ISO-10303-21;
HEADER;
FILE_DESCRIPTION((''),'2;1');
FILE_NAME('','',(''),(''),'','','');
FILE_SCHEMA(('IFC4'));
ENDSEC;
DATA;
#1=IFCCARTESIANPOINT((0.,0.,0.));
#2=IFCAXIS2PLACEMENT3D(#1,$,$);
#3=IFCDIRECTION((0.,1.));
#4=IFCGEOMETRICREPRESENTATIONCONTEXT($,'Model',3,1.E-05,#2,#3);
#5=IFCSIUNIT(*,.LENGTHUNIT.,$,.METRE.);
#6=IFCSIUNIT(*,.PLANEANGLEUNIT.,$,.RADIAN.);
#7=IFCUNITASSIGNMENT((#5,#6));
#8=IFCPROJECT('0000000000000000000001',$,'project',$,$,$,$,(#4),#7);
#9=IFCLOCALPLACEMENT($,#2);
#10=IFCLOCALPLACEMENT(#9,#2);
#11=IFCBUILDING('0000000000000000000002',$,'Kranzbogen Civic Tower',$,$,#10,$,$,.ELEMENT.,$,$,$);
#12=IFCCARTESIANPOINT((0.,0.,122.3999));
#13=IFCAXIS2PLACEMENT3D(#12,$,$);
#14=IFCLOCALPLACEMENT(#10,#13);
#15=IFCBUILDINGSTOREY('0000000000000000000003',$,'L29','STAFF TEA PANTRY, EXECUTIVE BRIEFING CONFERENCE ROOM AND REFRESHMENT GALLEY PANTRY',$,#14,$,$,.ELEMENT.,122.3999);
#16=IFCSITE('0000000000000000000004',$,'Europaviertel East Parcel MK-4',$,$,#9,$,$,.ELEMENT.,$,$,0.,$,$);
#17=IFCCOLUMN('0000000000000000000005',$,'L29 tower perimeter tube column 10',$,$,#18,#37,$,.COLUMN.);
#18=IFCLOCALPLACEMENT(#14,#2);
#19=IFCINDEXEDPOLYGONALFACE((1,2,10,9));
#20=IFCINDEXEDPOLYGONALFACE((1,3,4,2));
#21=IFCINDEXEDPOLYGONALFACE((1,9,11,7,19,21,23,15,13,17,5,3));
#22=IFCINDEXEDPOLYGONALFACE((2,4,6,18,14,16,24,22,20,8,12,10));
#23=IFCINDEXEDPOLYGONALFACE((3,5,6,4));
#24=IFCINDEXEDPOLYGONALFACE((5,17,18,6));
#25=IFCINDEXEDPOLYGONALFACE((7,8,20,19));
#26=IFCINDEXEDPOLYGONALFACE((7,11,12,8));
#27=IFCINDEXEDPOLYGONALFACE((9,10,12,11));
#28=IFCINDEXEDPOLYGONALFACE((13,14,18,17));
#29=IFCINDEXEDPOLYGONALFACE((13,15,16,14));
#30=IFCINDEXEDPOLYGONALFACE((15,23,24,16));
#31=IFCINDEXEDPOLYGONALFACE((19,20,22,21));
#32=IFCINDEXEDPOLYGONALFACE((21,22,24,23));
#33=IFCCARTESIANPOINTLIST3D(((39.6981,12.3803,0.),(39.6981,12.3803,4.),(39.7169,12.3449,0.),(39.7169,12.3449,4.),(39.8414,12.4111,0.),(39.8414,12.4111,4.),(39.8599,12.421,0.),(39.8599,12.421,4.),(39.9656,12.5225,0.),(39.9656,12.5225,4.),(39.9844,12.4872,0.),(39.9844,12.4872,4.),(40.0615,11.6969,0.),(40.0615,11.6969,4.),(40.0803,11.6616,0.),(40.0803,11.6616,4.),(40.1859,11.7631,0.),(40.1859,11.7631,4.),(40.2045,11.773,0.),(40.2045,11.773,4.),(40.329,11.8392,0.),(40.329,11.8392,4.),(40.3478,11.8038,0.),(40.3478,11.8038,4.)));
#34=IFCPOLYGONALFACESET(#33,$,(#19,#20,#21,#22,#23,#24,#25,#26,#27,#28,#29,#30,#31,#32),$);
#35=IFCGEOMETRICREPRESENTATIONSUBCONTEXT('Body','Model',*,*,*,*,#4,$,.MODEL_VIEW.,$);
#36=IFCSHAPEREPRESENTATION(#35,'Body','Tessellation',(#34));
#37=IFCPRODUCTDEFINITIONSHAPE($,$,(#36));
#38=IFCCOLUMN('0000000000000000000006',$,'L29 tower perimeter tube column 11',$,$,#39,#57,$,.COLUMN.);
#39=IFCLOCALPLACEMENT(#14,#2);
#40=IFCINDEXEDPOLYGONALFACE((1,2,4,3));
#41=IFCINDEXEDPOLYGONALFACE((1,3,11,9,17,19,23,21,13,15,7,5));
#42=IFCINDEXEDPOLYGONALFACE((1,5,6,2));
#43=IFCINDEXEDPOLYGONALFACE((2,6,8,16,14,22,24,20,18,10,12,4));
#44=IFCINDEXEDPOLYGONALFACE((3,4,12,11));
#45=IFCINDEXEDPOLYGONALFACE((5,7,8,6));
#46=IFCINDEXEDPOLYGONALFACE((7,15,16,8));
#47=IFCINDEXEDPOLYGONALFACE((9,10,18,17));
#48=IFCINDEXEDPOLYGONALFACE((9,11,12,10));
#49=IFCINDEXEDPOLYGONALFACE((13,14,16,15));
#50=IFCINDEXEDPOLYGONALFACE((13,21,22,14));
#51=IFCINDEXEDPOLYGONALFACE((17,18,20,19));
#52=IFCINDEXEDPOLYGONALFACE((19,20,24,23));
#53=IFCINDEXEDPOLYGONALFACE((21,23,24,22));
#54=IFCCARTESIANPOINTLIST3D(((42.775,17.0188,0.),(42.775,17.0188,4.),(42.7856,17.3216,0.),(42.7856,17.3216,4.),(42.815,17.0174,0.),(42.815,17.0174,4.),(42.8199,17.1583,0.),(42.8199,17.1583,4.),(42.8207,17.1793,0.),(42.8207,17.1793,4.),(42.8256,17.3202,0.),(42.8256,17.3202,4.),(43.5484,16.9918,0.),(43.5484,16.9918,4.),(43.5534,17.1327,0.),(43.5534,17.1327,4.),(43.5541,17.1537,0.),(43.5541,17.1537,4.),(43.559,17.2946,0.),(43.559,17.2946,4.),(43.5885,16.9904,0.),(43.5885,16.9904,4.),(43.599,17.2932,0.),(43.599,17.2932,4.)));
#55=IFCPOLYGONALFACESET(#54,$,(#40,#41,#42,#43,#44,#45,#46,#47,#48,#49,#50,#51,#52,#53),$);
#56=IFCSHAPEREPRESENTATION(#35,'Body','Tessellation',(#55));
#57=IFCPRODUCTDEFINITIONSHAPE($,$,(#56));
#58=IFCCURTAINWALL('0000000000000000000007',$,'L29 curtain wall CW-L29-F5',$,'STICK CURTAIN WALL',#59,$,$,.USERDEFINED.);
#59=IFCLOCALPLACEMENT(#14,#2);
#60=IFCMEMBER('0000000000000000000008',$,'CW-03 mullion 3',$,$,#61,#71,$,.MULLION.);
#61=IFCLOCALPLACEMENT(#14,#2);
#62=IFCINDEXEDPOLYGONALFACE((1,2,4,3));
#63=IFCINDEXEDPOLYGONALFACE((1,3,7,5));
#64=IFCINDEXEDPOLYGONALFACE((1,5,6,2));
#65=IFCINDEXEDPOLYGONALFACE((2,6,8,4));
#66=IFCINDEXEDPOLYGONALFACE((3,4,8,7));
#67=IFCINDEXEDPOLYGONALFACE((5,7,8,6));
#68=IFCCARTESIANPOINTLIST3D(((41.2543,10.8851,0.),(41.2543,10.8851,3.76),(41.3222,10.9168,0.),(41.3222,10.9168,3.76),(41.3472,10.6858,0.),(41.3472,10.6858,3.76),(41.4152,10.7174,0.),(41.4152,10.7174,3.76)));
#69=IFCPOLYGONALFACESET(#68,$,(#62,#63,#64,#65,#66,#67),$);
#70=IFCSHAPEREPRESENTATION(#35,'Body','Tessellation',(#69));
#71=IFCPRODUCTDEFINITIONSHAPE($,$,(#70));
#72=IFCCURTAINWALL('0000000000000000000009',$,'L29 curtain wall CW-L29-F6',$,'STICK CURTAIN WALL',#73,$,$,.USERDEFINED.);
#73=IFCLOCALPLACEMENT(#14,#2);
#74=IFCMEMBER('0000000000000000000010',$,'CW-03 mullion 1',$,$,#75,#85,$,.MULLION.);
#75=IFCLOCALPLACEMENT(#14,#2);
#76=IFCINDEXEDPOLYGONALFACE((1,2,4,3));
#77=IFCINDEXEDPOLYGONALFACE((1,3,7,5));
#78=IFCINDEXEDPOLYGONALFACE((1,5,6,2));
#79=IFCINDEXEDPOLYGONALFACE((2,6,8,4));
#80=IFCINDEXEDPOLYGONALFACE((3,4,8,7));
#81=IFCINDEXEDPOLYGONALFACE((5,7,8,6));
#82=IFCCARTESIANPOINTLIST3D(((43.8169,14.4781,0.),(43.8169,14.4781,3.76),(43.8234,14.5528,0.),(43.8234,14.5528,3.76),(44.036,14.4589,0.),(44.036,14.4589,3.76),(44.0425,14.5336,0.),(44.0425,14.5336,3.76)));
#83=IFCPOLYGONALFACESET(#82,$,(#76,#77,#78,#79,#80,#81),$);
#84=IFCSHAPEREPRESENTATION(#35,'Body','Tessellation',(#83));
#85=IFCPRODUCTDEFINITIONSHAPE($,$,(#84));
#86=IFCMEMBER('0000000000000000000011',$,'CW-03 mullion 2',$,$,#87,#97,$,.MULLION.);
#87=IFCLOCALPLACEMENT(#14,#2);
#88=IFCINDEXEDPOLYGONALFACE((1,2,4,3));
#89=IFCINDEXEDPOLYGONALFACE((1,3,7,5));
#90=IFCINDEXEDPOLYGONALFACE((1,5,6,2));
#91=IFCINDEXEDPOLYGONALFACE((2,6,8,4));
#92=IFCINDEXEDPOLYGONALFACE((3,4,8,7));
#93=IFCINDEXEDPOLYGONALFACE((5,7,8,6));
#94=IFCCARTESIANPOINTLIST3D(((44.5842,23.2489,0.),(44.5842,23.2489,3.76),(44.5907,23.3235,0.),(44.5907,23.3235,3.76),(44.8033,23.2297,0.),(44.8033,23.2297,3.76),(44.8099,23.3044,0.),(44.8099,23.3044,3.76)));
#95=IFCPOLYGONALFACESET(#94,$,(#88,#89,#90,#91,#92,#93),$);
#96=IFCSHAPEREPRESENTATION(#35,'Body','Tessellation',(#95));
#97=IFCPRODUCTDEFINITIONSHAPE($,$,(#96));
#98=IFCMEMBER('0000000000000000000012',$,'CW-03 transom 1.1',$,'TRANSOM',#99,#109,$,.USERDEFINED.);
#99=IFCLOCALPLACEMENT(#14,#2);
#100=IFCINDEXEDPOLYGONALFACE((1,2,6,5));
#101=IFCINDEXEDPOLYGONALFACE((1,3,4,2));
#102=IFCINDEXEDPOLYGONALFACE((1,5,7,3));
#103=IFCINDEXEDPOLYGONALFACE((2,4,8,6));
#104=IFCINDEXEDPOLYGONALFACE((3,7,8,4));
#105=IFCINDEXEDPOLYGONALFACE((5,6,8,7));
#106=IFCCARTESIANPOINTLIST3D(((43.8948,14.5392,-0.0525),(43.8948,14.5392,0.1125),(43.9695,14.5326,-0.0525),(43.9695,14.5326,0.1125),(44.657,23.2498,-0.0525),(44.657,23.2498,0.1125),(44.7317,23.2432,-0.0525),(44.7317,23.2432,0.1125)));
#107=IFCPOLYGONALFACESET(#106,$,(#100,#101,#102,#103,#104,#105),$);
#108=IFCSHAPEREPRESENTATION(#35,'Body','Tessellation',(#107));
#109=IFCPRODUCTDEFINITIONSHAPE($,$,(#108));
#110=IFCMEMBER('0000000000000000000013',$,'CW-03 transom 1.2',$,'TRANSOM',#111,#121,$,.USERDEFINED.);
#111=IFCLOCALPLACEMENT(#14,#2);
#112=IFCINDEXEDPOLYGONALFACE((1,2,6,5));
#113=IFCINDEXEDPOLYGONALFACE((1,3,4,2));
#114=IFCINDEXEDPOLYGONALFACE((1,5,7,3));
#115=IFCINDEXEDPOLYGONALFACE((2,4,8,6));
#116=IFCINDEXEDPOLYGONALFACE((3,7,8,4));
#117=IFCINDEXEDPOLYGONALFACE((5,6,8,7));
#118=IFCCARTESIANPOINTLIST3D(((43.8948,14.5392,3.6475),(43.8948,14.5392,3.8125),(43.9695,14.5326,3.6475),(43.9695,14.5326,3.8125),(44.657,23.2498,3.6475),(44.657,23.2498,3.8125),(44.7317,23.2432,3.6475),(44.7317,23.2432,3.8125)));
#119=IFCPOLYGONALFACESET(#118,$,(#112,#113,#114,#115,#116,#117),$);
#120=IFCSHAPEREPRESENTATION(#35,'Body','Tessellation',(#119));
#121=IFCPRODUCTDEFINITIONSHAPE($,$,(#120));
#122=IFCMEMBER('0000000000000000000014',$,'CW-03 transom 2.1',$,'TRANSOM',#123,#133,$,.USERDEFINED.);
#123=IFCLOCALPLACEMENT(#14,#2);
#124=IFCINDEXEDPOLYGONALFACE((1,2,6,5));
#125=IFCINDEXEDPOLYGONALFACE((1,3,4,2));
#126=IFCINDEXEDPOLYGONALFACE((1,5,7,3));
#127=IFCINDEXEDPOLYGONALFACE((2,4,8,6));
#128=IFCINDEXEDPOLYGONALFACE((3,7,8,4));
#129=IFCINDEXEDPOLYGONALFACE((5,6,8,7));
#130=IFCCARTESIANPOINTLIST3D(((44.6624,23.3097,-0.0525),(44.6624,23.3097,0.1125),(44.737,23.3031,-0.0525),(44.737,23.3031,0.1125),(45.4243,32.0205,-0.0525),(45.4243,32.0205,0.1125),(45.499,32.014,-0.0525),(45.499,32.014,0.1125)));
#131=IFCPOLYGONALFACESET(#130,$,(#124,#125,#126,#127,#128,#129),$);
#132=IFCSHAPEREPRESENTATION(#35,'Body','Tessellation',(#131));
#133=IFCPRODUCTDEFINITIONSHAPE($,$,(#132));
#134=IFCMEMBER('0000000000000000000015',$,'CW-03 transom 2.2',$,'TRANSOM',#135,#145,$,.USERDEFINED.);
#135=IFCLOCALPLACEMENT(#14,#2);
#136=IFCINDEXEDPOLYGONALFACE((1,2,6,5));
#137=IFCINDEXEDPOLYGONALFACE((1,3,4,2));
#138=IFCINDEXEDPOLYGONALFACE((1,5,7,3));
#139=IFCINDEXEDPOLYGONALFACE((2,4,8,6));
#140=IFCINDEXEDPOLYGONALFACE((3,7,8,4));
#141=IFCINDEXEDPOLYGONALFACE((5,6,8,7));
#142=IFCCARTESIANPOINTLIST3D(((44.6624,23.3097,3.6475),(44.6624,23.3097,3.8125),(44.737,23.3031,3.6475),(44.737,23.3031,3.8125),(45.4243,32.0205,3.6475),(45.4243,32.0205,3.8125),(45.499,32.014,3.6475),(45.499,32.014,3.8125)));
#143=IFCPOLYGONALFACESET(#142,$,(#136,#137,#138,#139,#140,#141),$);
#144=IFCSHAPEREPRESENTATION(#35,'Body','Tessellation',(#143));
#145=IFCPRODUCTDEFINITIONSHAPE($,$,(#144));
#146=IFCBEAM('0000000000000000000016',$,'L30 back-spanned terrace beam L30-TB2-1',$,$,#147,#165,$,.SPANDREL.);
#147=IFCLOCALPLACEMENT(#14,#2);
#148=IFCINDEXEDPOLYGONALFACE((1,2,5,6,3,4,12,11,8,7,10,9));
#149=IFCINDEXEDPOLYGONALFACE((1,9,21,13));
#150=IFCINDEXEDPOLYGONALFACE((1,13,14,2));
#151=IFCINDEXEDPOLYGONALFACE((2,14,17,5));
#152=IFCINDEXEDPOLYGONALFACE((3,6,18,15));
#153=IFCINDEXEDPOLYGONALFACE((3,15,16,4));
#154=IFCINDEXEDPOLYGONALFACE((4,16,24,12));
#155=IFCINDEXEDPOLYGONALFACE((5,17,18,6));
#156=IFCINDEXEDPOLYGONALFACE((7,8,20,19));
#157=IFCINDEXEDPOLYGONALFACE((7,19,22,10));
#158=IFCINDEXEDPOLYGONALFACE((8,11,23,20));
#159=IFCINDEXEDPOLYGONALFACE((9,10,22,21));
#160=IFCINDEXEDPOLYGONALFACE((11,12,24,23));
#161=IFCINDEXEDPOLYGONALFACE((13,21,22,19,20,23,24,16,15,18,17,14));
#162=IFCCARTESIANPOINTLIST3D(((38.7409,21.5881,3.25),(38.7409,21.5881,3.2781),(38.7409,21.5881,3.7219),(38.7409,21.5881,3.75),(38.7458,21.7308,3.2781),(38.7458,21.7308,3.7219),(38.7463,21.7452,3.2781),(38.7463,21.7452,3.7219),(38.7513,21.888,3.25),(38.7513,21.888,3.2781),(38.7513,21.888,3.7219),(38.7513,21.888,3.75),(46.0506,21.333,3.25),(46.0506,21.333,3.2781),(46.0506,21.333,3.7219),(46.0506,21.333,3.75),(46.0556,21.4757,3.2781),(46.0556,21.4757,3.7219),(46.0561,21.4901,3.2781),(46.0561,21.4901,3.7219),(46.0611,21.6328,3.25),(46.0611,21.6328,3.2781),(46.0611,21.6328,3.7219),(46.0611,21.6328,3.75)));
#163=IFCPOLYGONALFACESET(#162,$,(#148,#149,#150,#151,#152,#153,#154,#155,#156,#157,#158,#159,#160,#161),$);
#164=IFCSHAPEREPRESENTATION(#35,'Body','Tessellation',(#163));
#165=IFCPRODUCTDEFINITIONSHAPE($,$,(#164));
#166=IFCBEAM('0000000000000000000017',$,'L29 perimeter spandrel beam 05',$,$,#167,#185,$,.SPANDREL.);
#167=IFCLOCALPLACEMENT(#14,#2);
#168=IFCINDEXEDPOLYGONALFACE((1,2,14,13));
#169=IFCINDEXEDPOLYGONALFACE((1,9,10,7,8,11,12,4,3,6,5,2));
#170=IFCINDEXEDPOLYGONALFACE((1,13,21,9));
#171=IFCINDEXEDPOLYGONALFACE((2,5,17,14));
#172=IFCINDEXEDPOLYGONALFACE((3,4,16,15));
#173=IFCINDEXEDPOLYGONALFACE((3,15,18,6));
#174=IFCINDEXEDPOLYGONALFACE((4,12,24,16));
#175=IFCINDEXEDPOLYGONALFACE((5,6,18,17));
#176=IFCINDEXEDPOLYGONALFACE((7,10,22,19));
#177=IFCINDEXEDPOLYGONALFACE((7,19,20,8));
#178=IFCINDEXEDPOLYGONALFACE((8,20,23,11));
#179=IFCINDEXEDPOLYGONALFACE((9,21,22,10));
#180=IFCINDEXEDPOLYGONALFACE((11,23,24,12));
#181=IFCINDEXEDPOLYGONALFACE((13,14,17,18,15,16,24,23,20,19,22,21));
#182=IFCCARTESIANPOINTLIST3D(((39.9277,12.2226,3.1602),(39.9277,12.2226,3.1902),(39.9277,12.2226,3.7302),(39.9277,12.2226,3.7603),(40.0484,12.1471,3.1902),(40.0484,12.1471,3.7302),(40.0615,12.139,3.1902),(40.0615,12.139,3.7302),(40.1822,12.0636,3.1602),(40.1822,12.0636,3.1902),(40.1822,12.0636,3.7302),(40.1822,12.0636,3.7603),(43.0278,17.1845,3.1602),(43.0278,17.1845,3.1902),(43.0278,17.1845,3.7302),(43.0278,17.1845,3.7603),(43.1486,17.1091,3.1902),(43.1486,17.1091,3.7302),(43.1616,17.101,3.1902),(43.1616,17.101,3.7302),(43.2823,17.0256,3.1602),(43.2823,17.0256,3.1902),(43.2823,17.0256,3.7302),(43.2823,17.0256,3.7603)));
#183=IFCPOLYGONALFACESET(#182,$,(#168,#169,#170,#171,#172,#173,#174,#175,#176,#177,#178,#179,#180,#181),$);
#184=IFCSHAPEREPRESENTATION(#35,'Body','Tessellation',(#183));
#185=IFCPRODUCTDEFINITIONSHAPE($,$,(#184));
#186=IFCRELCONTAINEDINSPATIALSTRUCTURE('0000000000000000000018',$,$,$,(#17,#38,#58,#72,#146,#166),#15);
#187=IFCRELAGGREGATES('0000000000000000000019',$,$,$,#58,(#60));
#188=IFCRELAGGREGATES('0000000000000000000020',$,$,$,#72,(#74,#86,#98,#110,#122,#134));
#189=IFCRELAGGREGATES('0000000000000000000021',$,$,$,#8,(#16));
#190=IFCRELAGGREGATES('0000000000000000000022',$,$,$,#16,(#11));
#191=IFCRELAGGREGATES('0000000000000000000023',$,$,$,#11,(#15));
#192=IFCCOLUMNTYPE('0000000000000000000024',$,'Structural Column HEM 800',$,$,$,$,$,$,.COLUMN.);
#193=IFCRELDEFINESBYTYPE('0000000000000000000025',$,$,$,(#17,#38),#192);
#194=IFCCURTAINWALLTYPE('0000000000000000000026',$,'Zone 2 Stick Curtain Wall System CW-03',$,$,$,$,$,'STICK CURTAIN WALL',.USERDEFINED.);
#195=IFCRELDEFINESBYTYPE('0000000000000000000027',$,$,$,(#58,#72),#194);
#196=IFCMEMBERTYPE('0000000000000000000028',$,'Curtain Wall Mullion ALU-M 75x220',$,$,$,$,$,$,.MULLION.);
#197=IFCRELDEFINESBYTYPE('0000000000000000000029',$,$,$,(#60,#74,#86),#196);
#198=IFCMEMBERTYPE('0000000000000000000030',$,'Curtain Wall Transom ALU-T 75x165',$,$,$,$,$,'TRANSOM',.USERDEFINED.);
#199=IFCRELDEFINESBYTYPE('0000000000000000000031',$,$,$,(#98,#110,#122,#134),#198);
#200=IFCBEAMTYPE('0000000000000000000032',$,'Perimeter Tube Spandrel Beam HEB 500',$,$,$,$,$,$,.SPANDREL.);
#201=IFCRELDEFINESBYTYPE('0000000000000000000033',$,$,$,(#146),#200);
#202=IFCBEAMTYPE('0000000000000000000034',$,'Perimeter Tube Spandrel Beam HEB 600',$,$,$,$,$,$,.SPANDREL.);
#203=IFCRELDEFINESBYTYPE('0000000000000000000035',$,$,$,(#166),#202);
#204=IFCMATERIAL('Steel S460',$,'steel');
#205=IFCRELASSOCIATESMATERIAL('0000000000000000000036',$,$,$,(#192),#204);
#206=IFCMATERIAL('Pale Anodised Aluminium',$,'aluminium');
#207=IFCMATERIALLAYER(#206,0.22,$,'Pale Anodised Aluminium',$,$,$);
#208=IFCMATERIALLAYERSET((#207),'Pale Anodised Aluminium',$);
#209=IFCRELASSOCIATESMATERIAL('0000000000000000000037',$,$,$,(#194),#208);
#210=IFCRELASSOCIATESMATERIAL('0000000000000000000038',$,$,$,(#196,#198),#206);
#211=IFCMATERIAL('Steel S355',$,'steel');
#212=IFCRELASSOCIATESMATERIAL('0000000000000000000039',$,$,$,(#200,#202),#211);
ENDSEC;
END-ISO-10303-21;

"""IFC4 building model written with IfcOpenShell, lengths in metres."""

from ifc_helpers import new_model, si_unit, direction, frame, origin, origin_2d, place, context, subcontext, project, spatial, rectangle, i_section, extrude, material, layer, layer_set, material_profile, profile_set, type_object, element, aggregate, save


model = new_model("IFC4")

# Units and contexts
model_context = context("Model", 3, precision=1e-05, world=origin(), true_north=direction((0.0, 1.0)))
body_context = subcontext(model_context, "Body", "Model", "MODEL_VIEW")
ifc_project = project(units=[si_unit("LENGTHUNIT", "METRE"), si_unit("PLANEANGLEUNIT", "RADIAN")], contexts=[model_context])

# Site, building, storey
site_placement = place(None, origin())
site = spatial("IfcSite", under=ifc_project, at=site_placement, Name="Europaviertel East Parcel MK-4", CompositionType="ELEMENT", RefElevation=0.0)
building_placement = place(site_placement, origin())
building = spatial("IfcBuilding", under=site, at=building_placement, Name="Kranzbogen Civic Tower", CompositionType="ELEMENT")
storey_placement = place(building_placement, frame((0.0, 0.0, 122.3999)))
storey = spatial("IfcBuildingStorey", under=building, at=storey_placement, Name="L29", Description="STAFF TEA PANTRY, EXECUTIVE BRIEFING CONFERENCE ROOM AND REFRESHMENT GALLEY PANTRY", CompositionType="ELEMENT", Elevation=122.3999)

# Columns
ifc_material_1 = material(Name="Steel S460", Category="steel")
ifc_material_profile_1 = material_profile(ifc_material_1, i_section(OverallWidth=0.303, OverallDepth=0.814, WebThickness=0.021, FlangeThickness=0.04, at=origin_2d()), Name="HEM 800")
ifc_profile_set_1 = profile_set([ifc_material_profile_1], Name="Steel S460")
column_type = type_object("IfcColumnType", Name="Structural Column HEM 800", PredefinedType="COLUMN", material=ifc_profile_set_1)
for number, where, z_axis, x_axis, name in (
    (1, (40.0229, 12.092, 0.0), (0.0, 0.0, 1.0), (0.882948, 0.469472, 0.0), "L29 tower perimeter tube column 10"),
    (2, (43.187, 17.156, 0.0), (0.0, 0.0, 1.0), (0.034899, 0.999391, 0.0), "L29 tower perimeter tube column 11"),
):
    element("IfcColumn", number, at=place(storey_placement, frame(where, z_axis=z_axis, x_axis=x_axis)), inside=storey, type_object=column_type, Name=name, PredefinedType="COLUMN", context=body_context, shape_type="SweptSolid", body=[
        extrude(i_section(OverallWidth=0.303, OverallDepth=0.814, WebThickness=0.021, FlangeThickness=0.04, at=origin_2d()), origin(), (0.0, 0.0, 1.0), 4.0),
    ])

# Curtain wall, member
ifc_material_2 = material(Name="Pale Anodised Aluminium", Category="aluminium")
ifc_layer_1 = layer(ifc_material_2, 0.22, Name="Pale Anodised Aluminium")
ifc_layer_set_1 = layer_set([ifc_layer_1], Name="Pale Anodised Aluminium")
curtain_wall_type = type_object("IfcCurtainWallType", Name="Zone 2 Stick Curtain Wall System CW-03", ElementType="STICK CURTAIN WALL", PredefinedType="USERDEFINED", material=ifc_layer_set_1)
curtain_wall_1_placement = place(storey_placement, origin())
curtain_wall_1 = element("IfcCurtainWall", 3, at=curtain_wall_1_placement, inside=storey, type_object=curtain_wall_type, Name="L29 curtain wall CW-L29-F5", ObjectType="STICK CURTAIN WALL", PredefinedType="USERDEFINED")
ifc_material_profile_2 = material_profile(ifc_material_2, rectangle(XDim=0.075, YDim=0.22, at=origin_2d()), Name="ALU-M 75x220")
ifc_profile_set_2 = profile_set([ifc_material_profile_2], Name="Pale Anodised Aluminium")
member_type_1 = type_object("IfcMemberType", Name="Curtain Wall Mullion ALU-M 75x220", PredefinedType="MULLION", material=ifc_profile_set_2)
member_1_placement = place(storey_placement, frame((41.3347, 10.8013, 0.0), z_axis=(0.0, 0.0, 1.0), x_axis=(0.906297, 0.422641, 0.0)))
member_1 = element("IfcMember", 4, at=member_1_placement, type_object=member_type_1, Name="CW-03 mullion 3", PredefinedType="MULLION", context=body_context, shape_type="SweptSolid", body=[
    extrude(rectangle(XDim=0.075, YDim=0.22, at=origin_2d()), origin(), (0.0, 0.0, 1.0), 3.76),
])

# Curtain wall, members
curtain_wall_2_placement = place(storey_placement, origin())
curtain_wall_2 = element("IfcCurtainWall", 5, at=curtain_wall_2_placement, inside=storey, type_object=curtain_wall_type, Name="L29 curtain wall CW-L29-F6", ObjectType="STICK CURTAIN WALL", PredefinedType="USERDEFINED")
member_2_placement = place(storey_placement, frame((43.9297, 14.5059, 0.0), z_axis=(0.0, 0.0, 1.0), x_axis=(0.087162, 0.996194, 0.0)))
member_2 = element("IfcMember", 6, at=member_2_placement, type_object=member_type_1, Name="CW-03 mullion 1", PredefinedType="MULLION", context=body_context, shape_type="SweptSolid", body=[
    extrude(rectangle(XDim=0.075, YDim=0.22, at=origin_2d()), origin(), (0.0, 0.0, 1.0), 3.76),
])
member_3_placement = place(storey_placement, frame((44.697, 23.2766, 0.0), z_axis=(0.0, 0.0, 1.0), x_axis=(0.087162, 0.996194, 0.0)))
member_3 = element("IfcMember", 7, at=member_3_placement, type_object=member_type_1, Name="CW-03 mullion 2", PredefinedType="MULLION", context=body_context, shape_type="SweptSolid", body=[
    extrude(rectangle(XDim=0.075, YDim=0.22, at=origin_2d()), origin(), (0.0, 0.0, 1.0), 3.76),
])
ifc_material_profile_3 = material_profile(ifc_material_2, rectangle(XDim=0.075, YDim=0.165, at=origin_2d()), Name="ALU-T 75x165")
ifc_profile_set_3 = profile_set([ifc_material_profile_3], Name="Pale Anodised Aluminium")
member_type_2 = type_object("IfcMemberType", Name="Curtain Wall Transom ALU-T 75x165", ElementType="TRANSOM", PredefinedType="USERDEFINED", material=ifc_profile_set_3)
member_4_placement = place(storey_placement, frame((43.9321, 14.5359, 0.03), z_axis=(0.087169, 0.996194, 0.0), x_axis=(-0.996194, 0.087169, 0.0)))
member_4 = element("IfcMember", 8, at=member_4_placement, type_object=member_type_2, Name="CW-03 transom 1.1", ObjectType="TRANSOM", PredefinedType="USERDEFINED", context=body_context, shape_type="SweptSolid", body=[
    extrude(rectangle(XDim=0.075, YDim=0.165, at=origin_2d()), origin(), (0.0, 0.0, 1.0), 8.7439),
])
member_5_placement = place(storey_placement, frame((43.9321, 14.5359, 3.73), z_axis=(0.087169, 0.996194, 0.0), x_axis=(-0.996194, 0.087169, 0.0)))
member_5 = element("IfcMember", 9, at=member_5_placement, type_object=member_type_2, Name="CW-03 transom 1.2", ObjectType="TRANSOM", PredefinedType="USERDEFINED", context=body_context, shape_type="SweptSolid", body=[
    extrude(rectangle(XDim=0.075, YDim=0.165, at=origin_2d()), origin(), (0.0, 0.0, 1.0), 8.7439),
])
member_6_placement = place(storey_placement, frame((44.6997, 23.3064, 0.03), z_axis=(0.087139, 0.996196, 0.0), x_axis=(-0.996196, 0.087139, 0.0)))
member_6 = element("IfcMember", 10, at=member_6_placement, type_object=member_type_2, Name="CW-03 transom 2.1", ObjectType="TRANSOM", PredefinedType="USERDEFINED", context=body_context, shape_type="SweptSolid", body=[
    extrude(rectangle(XDim=0.075, YDim=0.165, at=origin_2d()), origin(), (0.0, 0.0, 1.0), 8.7441),
])
member_7_placement = place(storey_placement, frame((44.6997, 23.3064, 3.73), z_axis=(0.087139, 0.996196, 0.0), x_axis=(-0.996196, 0.087139, 0.0)))
member_7 = element("IfcMember", 11, at=member_7_placement, type_object=member_type_2, Name="CW-03 transom 2.2", ObjectType="TRANSOM", PredefinedType="USERDEFINED", context=body_context, shape_type="SweptSolid", body=[
    extrude(rectangle(XDim=0.075, YDim=0.165, at=origin_2d()), origin(), (0.0, 0.0, 1.0), 8.7441),
])

# Beams
ifc_material_3 = material(Name="Steel S355", Category="steel")
ifc_material_profile_4 = material_profile(ifc_material_3, i_section(OverallWidth=0.3, OverallDepth=0.5, WebThickness=0.0144, FlangeThickness=0.0281, at=origin_2d()), Name="HEB 500")
ifc_profile_set_4 = profile_set([ifc_material_profile_4], Name="Steel S355")
beam_type_1 = type_object("IfcBeamType", Name="Perimeter Tube Spandrel Beam HEB 500", PredefinedType="SPANDREL", material=ifc_profile_set_4)
beam_1_placement = place(storey_placement, frame((38.7461, 21.738, 3.5), z_axis=(0.999391, -0.034881, 0.0), x_axis=(0.034881, 0.999391, 0.0)))
element("IfcBeam", 12, at=beam_1_placement, inside=storey, type_object=beam_type_1, Name="L30 back-spanned terrace beam L30-TB2-1", PredefinedType="SPANDREL", context=body_context, shape_type="SweptSolid", body=[
    extrude(i_section(OverallWidth=0.3, OverallDepth=0.5, WebThickness=0.0144, FlangeThickness=0.0281, at=origin_2d()), origin(), (0.0, 0.0, 1.0), 7.3142),
])
ifc_material_profile_5 = material_profile(ifc_material_3, i_section(OverallWidth=0.3, OverallDepth=0.6001, WebThickness=0.0154, FlangeThickness=0.03, at=origin_2d()), Name="HEB 600")
ifc_profile_set_5 = profile_set([ifc_material_profile_5], Name="Steel S355")
beam_type_2 = type_object("IfcBeamType", Name="Perimeter Tube Spandrel Beam HEB 600", PredefinedType="SPANDREL", material=ifc_profile_set_5)
beam_2_placement = place(storey_placement, frame((40.0549, 12.1431, 3.4602), z_axis=(0.529864, 0.848083, 0.0), x_axis=(-0.848083, 0.529864, 0.0)))
element("IfcBeam", 13, at=beam_2_placement, inside=storey, type_object=beam_type_2, Name="L29 perimeter spandrel beam 05", PredefinedType="SPANDREL", context=body_context, shape_type="SweptSolid", body=[
    extrude(i_section(OverallWidth=0.3, OverallDepth=0.6001, WebThickness=0.0154, FlangeThickness=0.03, at=origin_2d()), origin(), (0.0, 0.0, 1.0), 5.8508),
])

aggregate(curtain_wall_1, [member_1])
aggregate(curtain_wall_2, [member_2, member_3, member_4, member_5, member_6, member_7])

save(model, "model.ifc")
